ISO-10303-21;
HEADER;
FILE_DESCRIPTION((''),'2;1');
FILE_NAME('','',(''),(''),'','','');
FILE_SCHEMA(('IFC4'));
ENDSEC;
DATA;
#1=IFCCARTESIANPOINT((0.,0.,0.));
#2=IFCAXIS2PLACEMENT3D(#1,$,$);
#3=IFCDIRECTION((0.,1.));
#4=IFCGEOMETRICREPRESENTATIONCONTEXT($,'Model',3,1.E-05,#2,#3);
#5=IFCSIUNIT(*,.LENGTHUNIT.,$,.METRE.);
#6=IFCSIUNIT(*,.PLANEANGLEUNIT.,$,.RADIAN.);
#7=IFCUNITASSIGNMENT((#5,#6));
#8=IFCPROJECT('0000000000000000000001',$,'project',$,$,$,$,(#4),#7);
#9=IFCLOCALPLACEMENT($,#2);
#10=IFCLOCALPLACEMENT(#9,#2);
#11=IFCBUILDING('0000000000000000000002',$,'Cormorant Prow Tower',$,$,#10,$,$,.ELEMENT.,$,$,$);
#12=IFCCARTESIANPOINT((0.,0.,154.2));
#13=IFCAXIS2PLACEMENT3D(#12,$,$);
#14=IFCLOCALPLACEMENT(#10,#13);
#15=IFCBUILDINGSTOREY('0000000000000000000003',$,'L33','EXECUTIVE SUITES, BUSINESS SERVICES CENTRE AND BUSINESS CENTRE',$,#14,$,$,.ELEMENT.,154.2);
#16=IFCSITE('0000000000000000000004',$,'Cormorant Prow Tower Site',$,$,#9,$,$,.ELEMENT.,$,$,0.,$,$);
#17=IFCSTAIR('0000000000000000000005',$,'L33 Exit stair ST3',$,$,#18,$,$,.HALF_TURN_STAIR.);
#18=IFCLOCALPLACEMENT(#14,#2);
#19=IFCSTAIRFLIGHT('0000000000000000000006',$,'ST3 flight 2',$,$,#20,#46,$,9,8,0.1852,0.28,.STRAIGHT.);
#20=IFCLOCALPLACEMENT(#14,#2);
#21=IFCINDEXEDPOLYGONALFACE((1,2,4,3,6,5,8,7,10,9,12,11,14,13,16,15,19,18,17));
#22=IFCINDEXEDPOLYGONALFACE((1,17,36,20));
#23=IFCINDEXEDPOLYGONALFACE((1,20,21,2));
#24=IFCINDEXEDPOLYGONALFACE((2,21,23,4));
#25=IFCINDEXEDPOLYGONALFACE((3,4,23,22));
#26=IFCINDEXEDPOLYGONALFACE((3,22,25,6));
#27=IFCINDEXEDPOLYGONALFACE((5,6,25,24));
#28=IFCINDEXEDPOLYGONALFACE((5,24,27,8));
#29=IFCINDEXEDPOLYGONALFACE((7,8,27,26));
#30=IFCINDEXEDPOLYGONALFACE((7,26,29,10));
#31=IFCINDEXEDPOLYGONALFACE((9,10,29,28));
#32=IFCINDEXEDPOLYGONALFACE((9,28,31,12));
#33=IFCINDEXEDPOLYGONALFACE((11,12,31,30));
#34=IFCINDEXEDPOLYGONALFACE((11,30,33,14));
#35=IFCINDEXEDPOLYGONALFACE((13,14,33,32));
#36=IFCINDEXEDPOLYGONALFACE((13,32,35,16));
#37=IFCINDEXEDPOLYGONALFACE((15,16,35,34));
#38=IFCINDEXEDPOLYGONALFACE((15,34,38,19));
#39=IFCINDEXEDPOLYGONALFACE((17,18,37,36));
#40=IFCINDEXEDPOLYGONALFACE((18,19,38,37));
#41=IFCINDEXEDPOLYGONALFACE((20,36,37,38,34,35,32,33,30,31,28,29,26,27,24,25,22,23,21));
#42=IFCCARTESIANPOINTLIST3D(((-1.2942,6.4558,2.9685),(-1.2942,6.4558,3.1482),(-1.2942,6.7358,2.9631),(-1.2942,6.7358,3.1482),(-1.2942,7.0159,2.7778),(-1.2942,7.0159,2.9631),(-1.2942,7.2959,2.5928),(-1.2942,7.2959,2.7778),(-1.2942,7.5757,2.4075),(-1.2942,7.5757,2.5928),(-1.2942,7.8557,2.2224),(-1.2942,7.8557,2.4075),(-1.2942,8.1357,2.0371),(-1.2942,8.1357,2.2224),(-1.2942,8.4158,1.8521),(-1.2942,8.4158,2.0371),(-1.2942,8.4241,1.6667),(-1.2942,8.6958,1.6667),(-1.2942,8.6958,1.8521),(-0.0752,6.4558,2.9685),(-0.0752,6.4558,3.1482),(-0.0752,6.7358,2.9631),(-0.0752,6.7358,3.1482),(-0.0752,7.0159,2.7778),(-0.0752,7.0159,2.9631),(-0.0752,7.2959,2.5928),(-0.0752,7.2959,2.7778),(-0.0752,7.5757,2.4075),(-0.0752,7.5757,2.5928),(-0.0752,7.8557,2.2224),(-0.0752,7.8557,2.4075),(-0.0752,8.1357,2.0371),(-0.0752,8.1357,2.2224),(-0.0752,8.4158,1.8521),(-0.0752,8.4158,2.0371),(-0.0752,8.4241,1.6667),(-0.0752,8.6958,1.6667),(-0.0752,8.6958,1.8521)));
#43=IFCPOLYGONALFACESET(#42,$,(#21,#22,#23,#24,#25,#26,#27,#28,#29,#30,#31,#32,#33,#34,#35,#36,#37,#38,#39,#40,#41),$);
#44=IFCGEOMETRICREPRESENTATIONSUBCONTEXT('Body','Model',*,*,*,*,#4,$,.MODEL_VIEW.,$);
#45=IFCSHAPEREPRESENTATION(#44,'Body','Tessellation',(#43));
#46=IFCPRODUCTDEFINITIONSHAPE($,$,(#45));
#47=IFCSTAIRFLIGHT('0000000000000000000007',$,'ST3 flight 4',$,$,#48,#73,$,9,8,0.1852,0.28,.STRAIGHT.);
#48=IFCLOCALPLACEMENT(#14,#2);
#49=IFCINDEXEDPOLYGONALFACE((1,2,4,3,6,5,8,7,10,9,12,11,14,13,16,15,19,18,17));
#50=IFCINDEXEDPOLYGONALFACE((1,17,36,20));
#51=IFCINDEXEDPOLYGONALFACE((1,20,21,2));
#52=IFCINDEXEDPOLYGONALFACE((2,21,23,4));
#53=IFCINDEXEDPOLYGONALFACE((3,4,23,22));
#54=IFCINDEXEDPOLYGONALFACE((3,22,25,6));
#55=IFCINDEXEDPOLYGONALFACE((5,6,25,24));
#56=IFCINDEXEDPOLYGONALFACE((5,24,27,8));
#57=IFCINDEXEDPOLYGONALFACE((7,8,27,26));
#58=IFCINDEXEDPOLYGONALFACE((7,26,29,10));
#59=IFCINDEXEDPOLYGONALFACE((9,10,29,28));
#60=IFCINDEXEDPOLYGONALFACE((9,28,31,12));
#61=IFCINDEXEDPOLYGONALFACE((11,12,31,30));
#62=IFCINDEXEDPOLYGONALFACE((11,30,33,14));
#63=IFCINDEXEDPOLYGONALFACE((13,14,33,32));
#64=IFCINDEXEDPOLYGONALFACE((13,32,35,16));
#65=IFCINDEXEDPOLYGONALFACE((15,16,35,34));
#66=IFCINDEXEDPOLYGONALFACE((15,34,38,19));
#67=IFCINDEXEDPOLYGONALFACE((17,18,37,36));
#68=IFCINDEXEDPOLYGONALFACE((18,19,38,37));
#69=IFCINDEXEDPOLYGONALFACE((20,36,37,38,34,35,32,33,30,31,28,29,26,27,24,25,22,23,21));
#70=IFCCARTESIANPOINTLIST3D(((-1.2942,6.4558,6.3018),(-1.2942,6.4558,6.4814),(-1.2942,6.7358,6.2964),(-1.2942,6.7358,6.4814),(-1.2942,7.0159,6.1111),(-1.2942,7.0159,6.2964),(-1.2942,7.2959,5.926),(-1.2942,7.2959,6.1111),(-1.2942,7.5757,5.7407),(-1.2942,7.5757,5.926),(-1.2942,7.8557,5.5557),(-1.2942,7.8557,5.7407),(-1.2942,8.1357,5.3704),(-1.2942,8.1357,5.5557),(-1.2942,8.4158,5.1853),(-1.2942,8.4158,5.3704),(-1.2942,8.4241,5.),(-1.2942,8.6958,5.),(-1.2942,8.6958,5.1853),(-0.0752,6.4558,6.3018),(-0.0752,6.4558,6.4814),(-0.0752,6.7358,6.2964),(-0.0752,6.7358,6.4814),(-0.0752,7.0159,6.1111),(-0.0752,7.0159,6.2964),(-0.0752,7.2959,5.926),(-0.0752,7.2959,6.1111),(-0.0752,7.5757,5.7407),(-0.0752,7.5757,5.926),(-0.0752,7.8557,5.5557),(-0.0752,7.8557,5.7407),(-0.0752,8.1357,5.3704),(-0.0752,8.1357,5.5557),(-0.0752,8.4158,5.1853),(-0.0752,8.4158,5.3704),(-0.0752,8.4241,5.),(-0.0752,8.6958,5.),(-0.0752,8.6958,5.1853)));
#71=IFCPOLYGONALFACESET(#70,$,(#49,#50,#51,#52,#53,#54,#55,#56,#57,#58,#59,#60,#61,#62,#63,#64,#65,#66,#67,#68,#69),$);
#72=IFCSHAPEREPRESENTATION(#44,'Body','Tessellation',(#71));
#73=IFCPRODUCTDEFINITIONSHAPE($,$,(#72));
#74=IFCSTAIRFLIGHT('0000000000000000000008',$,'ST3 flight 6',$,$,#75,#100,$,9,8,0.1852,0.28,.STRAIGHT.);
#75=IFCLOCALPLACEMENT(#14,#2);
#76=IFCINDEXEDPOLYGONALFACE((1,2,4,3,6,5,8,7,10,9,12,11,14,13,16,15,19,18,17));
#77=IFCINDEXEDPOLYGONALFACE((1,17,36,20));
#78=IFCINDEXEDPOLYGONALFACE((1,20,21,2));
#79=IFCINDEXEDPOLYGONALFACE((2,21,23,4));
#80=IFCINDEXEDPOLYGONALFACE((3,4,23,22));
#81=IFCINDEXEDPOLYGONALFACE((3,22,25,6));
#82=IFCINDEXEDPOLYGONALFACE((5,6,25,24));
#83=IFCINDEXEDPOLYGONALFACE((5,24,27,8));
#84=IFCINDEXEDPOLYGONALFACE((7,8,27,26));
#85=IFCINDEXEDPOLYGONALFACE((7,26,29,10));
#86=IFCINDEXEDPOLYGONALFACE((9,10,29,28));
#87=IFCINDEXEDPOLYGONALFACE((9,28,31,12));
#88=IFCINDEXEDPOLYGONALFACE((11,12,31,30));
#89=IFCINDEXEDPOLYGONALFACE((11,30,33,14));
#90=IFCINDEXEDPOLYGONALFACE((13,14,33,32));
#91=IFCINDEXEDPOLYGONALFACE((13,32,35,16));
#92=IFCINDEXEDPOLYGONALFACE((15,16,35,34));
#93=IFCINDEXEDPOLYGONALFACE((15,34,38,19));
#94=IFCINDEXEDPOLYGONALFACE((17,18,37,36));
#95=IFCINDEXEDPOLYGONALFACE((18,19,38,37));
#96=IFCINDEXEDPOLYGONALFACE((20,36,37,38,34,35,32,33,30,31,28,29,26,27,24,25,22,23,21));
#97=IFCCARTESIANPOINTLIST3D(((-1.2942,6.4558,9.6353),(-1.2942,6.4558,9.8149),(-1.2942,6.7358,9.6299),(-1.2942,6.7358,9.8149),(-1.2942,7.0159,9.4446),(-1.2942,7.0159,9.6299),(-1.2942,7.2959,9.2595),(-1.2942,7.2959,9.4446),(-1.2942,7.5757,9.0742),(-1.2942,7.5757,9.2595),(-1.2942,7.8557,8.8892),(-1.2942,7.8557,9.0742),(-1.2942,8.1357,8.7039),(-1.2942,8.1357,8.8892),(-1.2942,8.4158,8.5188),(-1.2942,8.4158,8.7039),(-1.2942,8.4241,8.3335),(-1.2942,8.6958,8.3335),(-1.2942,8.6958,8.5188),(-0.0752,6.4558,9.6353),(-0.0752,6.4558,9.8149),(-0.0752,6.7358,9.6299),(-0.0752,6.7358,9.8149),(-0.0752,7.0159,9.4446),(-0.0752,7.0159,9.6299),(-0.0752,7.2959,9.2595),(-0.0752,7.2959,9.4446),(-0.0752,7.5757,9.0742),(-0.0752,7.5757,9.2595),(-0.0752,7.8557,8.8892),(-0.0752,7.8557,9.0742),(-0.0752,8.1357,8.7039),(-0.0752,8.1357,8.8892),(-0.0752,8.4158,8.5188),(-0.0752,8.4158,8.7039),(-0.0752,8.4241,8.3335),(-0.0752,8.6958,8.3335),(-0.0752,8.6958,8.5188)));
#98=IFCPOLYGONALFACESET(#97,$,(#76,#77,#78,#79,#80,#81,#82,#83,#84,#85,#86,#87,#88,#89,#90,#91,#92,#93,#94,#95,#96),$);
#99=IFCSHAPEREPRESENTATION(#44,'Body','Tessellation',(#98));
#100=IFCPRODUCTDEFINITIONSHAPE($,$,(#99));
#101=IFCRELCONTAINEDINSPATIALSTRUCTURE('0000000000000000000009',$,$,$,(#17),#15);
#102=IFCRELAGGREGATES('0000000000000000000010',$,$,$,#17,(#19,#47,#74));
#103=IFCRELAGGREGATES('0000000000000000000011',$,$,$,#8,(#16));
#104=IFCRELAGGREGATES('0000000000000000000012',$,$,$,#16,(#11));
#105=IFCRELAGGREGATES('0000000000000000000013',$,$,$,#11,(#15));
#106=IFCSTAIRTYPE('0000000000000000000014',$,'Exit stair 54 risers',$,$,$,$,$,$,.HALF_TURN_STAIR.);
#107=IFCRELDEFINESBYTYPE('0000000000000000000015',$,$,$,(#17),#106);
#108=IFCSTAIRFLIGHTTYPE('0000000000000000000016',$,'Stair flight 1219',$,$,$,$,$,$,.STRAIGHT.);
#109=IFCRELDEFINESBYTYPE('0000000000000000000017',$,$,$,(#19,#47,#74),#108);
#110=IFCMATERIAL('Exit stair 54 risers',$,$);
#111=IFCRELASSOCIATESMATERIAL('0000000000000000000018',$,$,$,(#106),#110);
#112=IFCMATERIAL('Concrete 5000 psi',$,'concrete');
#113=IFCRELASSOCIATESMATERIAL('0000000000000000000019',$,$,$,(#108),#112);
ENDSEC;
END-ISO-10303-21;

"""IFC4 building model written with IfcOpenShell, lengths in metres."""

from ifc_helpers import new_model, si_unit, direction, frame, origin, place, context, subcontext, project, spatial, polyline, outline, extrude, material, type_object, element, aggregate, save


model = new_model("IFC4")

# Units and contexts
model_context = context("Model", 3, precision=1e-05, world=origin(), true_north=direction((0.0, 1.0)))
body_context = subcontext(model_context, "Body", "Model", "MODEL_VIEW")
ifc_project = project(units=[si_unit("LENGTHUNIT", "METRE"), si_unit("PLANEANGLEUNIT", "RADIAN")], contexts=[model_context])

# Site, building, storey
site_placement = place(None, origin())
site = spatial("IfcSite", under=ifc_project, at=site_placement, Name="Cormorant Prow Tower Site", CompositionType="ELEMENT", RefElevation=0.0)
building_placement = place(site_placement, origin())
building = spatial("IfcBuilding", under=site, at=building_placement, Name="Cormorant Prow Tower", CompositionType="ELEMENT")
storey_placement = place(building_placement, frame((0.0, 0.0, 154.2)))
storey = spatial("IfcBuildingStorey", under=building, at=storey_placement, Name="L33", Description="EXECUTIVE SUITES, BUSINESS SERVICES CENTRE AND BUSINESS CENTRE", CompositionType="ELEMENT", Elevation=154.2)

# Stair, stair flights
ifc_material_1 = material(Name="Exit stair 54 risers")
stair_type = type_object("IfcStairType", Name="Exit stair 54 risers", PredefinedType="HALF_TURN_STAIR", material=ifc_material_1)
stair_placement = place(storey_placement, origin())
stair = element("IfcStair", 1, at=stair_placement, inside=storey, type_object=stair_type, Name="L33 Exit stair ST3", PredefinedType="HALF_TURN_STAIR")
ifc_material_2 = material(Name="Concrete 5000 psi", Category="concrete")
stair_flight_type = type_object("IfcStairFlightType", Name="Stair flight 1219", PredefinedType="STRAIGHT", material=ifc_material_2)
stair_flight_1_placement = place(storey_placement, frame((-0.6846, 8.6958, 1.6667), z_axis=(0.0, 0.0, 1.0), x_axis=(0.0, -1.0, 0.0)))
stair_flight_1 = element("IfcStairFlight", 2, at=stair_flight_1_placement, type_object=stair_flight_type, Name="ST3 flight 2", NumberOfRisers=9, NumberOfTreads=8, PredefinedType="STRAIGHT", RiserHeight=0.1852, TreadLength=0.28, context=body_context, shape_type="SweptSolid", body=[
    extrude(outline(polyline([(0.0, 0.0), (0.0, 0.1853), (0.28, 0.1853), (0.28, 0.3704), (0.5601, 0.3704), (0.5601, 0.5557), (0.8401, 0.5557), (0.8401, 0.7407), (1.1201, 0.7407), (1.1201, 0.926), (1.3999, 0.926), (1.3999, 1.1111), (1.6799, 1.1111), (1.6799, 1.2964), (1.96, 1.2964), (1.96, 1.4814), (2.24, 1.4814), (2.24, 1.6667), (2.24, 1.3018), (0.2717, 0.0), (0.0, 0.0)])), frame((0.0, 0.6094, 0.0), z_axis=(0.0, -1.0, 0.0), x_axis=(1.0, 0.0, 0.0)), (0.0, 0.0, 1.0), 1.219),
])
stair_flight_2_placement = place(storey_placement, frame((-0.6846, 8.6958, 5.0), z_axis=(0.0, 0.0, 1.0), x_axis=(0.0, -1.0, 0.0)))
stair_flight_2 = element("IfcStairFlight", 3, at=stair_flight_2_placement, type_object=stair_flight_type, Name="ST3 flight 4", NumberOfRisers=9, NumberOfTreads=8, PredefinedType="STRAIGHT", RiserHeight=0.1852, TreadLength=0.28, context=body_context, shape_type="SweptSolid", body=[
    extrude(outline(polyline([(0.0, 0.0), (0.0, 0.1853), (0.28, 0.1853), (0.28, 0.3704), (0.5601, 0.3704), (0.5601, 0.5557), (0.8401, 0.5557), (0.8401, 0.7407), (1.1201, 0.7407), (1.1201, 0.926), (1.3999, 0.926), (1.3999, 1.1111), (1.6799, 1.1111), (1.6799, 1.2964), (1.96, 1.2964), (1.96, 1.4814), (2.24, 1.4814), (2.24, 1.6667), (2.24, 1.3018), (0.2717, 0.0), (0.0, 0.0)])), frame((0.0, 0.6094, 0.0), z_axis=(0.0, -1.0, 0.0), x_axis=(1.0, 0.0, 0.0)), (0.0, 0.0, 1.0), 1.219),
])
stair_flight_3_placement = place(storey_placement, frame((-0.6846, 8.6958, 8.3335), z_axis=(0.0, 0.0, 1.0), x_axis=(0.0, -1.0, 0.0)))
stair_flight_3 = element("IfcStairFlight", 4, at=stair_flight_3_placement, type_object=stair_flight_type, Name="ST3 flight 6", NumberOfRisers=9, NumberOfTreads=8, PredefinedType="STRAIGHT", RiserHeight=0.1852, TreadLength=0.28, context=body_context, shape_type="SweptSolid", body=[
    extrude(outline(polyline([(0.0, 0.0), (0.0, 0.1853), (0.28, 0.1853), (0.28, 0.3704), (0.5601, 0.3704), (0.5601, 0.5557), (0.8401, 0.5557), (0.8401, 0.7407), (1.1201, 0.7407), (1.1201, 0.926), (1.3999, 0.926), (1.3999, 1.1111), (1.6799, 1.1111), (1.6799, 1.2964), (1.96, 1.2964), (1.96, 1.4814), (2.24, 1.4814), (2.24, 1.6667), (2.24, 1.3018), (0.2717, 0.0), (0.0, 0.0)])), frame((0.0, 0.6094, 0.0), z_axis=(0.0, -1.0, 0.0), x_axis=(1.0, 0.0, 0.0)), (0.0, 0.0, 1.0), 1.219),
])
aggregate(stair, [stair_flight_1, stair_flight_2, stair_flight_3])

save(model, "model.ifc")
